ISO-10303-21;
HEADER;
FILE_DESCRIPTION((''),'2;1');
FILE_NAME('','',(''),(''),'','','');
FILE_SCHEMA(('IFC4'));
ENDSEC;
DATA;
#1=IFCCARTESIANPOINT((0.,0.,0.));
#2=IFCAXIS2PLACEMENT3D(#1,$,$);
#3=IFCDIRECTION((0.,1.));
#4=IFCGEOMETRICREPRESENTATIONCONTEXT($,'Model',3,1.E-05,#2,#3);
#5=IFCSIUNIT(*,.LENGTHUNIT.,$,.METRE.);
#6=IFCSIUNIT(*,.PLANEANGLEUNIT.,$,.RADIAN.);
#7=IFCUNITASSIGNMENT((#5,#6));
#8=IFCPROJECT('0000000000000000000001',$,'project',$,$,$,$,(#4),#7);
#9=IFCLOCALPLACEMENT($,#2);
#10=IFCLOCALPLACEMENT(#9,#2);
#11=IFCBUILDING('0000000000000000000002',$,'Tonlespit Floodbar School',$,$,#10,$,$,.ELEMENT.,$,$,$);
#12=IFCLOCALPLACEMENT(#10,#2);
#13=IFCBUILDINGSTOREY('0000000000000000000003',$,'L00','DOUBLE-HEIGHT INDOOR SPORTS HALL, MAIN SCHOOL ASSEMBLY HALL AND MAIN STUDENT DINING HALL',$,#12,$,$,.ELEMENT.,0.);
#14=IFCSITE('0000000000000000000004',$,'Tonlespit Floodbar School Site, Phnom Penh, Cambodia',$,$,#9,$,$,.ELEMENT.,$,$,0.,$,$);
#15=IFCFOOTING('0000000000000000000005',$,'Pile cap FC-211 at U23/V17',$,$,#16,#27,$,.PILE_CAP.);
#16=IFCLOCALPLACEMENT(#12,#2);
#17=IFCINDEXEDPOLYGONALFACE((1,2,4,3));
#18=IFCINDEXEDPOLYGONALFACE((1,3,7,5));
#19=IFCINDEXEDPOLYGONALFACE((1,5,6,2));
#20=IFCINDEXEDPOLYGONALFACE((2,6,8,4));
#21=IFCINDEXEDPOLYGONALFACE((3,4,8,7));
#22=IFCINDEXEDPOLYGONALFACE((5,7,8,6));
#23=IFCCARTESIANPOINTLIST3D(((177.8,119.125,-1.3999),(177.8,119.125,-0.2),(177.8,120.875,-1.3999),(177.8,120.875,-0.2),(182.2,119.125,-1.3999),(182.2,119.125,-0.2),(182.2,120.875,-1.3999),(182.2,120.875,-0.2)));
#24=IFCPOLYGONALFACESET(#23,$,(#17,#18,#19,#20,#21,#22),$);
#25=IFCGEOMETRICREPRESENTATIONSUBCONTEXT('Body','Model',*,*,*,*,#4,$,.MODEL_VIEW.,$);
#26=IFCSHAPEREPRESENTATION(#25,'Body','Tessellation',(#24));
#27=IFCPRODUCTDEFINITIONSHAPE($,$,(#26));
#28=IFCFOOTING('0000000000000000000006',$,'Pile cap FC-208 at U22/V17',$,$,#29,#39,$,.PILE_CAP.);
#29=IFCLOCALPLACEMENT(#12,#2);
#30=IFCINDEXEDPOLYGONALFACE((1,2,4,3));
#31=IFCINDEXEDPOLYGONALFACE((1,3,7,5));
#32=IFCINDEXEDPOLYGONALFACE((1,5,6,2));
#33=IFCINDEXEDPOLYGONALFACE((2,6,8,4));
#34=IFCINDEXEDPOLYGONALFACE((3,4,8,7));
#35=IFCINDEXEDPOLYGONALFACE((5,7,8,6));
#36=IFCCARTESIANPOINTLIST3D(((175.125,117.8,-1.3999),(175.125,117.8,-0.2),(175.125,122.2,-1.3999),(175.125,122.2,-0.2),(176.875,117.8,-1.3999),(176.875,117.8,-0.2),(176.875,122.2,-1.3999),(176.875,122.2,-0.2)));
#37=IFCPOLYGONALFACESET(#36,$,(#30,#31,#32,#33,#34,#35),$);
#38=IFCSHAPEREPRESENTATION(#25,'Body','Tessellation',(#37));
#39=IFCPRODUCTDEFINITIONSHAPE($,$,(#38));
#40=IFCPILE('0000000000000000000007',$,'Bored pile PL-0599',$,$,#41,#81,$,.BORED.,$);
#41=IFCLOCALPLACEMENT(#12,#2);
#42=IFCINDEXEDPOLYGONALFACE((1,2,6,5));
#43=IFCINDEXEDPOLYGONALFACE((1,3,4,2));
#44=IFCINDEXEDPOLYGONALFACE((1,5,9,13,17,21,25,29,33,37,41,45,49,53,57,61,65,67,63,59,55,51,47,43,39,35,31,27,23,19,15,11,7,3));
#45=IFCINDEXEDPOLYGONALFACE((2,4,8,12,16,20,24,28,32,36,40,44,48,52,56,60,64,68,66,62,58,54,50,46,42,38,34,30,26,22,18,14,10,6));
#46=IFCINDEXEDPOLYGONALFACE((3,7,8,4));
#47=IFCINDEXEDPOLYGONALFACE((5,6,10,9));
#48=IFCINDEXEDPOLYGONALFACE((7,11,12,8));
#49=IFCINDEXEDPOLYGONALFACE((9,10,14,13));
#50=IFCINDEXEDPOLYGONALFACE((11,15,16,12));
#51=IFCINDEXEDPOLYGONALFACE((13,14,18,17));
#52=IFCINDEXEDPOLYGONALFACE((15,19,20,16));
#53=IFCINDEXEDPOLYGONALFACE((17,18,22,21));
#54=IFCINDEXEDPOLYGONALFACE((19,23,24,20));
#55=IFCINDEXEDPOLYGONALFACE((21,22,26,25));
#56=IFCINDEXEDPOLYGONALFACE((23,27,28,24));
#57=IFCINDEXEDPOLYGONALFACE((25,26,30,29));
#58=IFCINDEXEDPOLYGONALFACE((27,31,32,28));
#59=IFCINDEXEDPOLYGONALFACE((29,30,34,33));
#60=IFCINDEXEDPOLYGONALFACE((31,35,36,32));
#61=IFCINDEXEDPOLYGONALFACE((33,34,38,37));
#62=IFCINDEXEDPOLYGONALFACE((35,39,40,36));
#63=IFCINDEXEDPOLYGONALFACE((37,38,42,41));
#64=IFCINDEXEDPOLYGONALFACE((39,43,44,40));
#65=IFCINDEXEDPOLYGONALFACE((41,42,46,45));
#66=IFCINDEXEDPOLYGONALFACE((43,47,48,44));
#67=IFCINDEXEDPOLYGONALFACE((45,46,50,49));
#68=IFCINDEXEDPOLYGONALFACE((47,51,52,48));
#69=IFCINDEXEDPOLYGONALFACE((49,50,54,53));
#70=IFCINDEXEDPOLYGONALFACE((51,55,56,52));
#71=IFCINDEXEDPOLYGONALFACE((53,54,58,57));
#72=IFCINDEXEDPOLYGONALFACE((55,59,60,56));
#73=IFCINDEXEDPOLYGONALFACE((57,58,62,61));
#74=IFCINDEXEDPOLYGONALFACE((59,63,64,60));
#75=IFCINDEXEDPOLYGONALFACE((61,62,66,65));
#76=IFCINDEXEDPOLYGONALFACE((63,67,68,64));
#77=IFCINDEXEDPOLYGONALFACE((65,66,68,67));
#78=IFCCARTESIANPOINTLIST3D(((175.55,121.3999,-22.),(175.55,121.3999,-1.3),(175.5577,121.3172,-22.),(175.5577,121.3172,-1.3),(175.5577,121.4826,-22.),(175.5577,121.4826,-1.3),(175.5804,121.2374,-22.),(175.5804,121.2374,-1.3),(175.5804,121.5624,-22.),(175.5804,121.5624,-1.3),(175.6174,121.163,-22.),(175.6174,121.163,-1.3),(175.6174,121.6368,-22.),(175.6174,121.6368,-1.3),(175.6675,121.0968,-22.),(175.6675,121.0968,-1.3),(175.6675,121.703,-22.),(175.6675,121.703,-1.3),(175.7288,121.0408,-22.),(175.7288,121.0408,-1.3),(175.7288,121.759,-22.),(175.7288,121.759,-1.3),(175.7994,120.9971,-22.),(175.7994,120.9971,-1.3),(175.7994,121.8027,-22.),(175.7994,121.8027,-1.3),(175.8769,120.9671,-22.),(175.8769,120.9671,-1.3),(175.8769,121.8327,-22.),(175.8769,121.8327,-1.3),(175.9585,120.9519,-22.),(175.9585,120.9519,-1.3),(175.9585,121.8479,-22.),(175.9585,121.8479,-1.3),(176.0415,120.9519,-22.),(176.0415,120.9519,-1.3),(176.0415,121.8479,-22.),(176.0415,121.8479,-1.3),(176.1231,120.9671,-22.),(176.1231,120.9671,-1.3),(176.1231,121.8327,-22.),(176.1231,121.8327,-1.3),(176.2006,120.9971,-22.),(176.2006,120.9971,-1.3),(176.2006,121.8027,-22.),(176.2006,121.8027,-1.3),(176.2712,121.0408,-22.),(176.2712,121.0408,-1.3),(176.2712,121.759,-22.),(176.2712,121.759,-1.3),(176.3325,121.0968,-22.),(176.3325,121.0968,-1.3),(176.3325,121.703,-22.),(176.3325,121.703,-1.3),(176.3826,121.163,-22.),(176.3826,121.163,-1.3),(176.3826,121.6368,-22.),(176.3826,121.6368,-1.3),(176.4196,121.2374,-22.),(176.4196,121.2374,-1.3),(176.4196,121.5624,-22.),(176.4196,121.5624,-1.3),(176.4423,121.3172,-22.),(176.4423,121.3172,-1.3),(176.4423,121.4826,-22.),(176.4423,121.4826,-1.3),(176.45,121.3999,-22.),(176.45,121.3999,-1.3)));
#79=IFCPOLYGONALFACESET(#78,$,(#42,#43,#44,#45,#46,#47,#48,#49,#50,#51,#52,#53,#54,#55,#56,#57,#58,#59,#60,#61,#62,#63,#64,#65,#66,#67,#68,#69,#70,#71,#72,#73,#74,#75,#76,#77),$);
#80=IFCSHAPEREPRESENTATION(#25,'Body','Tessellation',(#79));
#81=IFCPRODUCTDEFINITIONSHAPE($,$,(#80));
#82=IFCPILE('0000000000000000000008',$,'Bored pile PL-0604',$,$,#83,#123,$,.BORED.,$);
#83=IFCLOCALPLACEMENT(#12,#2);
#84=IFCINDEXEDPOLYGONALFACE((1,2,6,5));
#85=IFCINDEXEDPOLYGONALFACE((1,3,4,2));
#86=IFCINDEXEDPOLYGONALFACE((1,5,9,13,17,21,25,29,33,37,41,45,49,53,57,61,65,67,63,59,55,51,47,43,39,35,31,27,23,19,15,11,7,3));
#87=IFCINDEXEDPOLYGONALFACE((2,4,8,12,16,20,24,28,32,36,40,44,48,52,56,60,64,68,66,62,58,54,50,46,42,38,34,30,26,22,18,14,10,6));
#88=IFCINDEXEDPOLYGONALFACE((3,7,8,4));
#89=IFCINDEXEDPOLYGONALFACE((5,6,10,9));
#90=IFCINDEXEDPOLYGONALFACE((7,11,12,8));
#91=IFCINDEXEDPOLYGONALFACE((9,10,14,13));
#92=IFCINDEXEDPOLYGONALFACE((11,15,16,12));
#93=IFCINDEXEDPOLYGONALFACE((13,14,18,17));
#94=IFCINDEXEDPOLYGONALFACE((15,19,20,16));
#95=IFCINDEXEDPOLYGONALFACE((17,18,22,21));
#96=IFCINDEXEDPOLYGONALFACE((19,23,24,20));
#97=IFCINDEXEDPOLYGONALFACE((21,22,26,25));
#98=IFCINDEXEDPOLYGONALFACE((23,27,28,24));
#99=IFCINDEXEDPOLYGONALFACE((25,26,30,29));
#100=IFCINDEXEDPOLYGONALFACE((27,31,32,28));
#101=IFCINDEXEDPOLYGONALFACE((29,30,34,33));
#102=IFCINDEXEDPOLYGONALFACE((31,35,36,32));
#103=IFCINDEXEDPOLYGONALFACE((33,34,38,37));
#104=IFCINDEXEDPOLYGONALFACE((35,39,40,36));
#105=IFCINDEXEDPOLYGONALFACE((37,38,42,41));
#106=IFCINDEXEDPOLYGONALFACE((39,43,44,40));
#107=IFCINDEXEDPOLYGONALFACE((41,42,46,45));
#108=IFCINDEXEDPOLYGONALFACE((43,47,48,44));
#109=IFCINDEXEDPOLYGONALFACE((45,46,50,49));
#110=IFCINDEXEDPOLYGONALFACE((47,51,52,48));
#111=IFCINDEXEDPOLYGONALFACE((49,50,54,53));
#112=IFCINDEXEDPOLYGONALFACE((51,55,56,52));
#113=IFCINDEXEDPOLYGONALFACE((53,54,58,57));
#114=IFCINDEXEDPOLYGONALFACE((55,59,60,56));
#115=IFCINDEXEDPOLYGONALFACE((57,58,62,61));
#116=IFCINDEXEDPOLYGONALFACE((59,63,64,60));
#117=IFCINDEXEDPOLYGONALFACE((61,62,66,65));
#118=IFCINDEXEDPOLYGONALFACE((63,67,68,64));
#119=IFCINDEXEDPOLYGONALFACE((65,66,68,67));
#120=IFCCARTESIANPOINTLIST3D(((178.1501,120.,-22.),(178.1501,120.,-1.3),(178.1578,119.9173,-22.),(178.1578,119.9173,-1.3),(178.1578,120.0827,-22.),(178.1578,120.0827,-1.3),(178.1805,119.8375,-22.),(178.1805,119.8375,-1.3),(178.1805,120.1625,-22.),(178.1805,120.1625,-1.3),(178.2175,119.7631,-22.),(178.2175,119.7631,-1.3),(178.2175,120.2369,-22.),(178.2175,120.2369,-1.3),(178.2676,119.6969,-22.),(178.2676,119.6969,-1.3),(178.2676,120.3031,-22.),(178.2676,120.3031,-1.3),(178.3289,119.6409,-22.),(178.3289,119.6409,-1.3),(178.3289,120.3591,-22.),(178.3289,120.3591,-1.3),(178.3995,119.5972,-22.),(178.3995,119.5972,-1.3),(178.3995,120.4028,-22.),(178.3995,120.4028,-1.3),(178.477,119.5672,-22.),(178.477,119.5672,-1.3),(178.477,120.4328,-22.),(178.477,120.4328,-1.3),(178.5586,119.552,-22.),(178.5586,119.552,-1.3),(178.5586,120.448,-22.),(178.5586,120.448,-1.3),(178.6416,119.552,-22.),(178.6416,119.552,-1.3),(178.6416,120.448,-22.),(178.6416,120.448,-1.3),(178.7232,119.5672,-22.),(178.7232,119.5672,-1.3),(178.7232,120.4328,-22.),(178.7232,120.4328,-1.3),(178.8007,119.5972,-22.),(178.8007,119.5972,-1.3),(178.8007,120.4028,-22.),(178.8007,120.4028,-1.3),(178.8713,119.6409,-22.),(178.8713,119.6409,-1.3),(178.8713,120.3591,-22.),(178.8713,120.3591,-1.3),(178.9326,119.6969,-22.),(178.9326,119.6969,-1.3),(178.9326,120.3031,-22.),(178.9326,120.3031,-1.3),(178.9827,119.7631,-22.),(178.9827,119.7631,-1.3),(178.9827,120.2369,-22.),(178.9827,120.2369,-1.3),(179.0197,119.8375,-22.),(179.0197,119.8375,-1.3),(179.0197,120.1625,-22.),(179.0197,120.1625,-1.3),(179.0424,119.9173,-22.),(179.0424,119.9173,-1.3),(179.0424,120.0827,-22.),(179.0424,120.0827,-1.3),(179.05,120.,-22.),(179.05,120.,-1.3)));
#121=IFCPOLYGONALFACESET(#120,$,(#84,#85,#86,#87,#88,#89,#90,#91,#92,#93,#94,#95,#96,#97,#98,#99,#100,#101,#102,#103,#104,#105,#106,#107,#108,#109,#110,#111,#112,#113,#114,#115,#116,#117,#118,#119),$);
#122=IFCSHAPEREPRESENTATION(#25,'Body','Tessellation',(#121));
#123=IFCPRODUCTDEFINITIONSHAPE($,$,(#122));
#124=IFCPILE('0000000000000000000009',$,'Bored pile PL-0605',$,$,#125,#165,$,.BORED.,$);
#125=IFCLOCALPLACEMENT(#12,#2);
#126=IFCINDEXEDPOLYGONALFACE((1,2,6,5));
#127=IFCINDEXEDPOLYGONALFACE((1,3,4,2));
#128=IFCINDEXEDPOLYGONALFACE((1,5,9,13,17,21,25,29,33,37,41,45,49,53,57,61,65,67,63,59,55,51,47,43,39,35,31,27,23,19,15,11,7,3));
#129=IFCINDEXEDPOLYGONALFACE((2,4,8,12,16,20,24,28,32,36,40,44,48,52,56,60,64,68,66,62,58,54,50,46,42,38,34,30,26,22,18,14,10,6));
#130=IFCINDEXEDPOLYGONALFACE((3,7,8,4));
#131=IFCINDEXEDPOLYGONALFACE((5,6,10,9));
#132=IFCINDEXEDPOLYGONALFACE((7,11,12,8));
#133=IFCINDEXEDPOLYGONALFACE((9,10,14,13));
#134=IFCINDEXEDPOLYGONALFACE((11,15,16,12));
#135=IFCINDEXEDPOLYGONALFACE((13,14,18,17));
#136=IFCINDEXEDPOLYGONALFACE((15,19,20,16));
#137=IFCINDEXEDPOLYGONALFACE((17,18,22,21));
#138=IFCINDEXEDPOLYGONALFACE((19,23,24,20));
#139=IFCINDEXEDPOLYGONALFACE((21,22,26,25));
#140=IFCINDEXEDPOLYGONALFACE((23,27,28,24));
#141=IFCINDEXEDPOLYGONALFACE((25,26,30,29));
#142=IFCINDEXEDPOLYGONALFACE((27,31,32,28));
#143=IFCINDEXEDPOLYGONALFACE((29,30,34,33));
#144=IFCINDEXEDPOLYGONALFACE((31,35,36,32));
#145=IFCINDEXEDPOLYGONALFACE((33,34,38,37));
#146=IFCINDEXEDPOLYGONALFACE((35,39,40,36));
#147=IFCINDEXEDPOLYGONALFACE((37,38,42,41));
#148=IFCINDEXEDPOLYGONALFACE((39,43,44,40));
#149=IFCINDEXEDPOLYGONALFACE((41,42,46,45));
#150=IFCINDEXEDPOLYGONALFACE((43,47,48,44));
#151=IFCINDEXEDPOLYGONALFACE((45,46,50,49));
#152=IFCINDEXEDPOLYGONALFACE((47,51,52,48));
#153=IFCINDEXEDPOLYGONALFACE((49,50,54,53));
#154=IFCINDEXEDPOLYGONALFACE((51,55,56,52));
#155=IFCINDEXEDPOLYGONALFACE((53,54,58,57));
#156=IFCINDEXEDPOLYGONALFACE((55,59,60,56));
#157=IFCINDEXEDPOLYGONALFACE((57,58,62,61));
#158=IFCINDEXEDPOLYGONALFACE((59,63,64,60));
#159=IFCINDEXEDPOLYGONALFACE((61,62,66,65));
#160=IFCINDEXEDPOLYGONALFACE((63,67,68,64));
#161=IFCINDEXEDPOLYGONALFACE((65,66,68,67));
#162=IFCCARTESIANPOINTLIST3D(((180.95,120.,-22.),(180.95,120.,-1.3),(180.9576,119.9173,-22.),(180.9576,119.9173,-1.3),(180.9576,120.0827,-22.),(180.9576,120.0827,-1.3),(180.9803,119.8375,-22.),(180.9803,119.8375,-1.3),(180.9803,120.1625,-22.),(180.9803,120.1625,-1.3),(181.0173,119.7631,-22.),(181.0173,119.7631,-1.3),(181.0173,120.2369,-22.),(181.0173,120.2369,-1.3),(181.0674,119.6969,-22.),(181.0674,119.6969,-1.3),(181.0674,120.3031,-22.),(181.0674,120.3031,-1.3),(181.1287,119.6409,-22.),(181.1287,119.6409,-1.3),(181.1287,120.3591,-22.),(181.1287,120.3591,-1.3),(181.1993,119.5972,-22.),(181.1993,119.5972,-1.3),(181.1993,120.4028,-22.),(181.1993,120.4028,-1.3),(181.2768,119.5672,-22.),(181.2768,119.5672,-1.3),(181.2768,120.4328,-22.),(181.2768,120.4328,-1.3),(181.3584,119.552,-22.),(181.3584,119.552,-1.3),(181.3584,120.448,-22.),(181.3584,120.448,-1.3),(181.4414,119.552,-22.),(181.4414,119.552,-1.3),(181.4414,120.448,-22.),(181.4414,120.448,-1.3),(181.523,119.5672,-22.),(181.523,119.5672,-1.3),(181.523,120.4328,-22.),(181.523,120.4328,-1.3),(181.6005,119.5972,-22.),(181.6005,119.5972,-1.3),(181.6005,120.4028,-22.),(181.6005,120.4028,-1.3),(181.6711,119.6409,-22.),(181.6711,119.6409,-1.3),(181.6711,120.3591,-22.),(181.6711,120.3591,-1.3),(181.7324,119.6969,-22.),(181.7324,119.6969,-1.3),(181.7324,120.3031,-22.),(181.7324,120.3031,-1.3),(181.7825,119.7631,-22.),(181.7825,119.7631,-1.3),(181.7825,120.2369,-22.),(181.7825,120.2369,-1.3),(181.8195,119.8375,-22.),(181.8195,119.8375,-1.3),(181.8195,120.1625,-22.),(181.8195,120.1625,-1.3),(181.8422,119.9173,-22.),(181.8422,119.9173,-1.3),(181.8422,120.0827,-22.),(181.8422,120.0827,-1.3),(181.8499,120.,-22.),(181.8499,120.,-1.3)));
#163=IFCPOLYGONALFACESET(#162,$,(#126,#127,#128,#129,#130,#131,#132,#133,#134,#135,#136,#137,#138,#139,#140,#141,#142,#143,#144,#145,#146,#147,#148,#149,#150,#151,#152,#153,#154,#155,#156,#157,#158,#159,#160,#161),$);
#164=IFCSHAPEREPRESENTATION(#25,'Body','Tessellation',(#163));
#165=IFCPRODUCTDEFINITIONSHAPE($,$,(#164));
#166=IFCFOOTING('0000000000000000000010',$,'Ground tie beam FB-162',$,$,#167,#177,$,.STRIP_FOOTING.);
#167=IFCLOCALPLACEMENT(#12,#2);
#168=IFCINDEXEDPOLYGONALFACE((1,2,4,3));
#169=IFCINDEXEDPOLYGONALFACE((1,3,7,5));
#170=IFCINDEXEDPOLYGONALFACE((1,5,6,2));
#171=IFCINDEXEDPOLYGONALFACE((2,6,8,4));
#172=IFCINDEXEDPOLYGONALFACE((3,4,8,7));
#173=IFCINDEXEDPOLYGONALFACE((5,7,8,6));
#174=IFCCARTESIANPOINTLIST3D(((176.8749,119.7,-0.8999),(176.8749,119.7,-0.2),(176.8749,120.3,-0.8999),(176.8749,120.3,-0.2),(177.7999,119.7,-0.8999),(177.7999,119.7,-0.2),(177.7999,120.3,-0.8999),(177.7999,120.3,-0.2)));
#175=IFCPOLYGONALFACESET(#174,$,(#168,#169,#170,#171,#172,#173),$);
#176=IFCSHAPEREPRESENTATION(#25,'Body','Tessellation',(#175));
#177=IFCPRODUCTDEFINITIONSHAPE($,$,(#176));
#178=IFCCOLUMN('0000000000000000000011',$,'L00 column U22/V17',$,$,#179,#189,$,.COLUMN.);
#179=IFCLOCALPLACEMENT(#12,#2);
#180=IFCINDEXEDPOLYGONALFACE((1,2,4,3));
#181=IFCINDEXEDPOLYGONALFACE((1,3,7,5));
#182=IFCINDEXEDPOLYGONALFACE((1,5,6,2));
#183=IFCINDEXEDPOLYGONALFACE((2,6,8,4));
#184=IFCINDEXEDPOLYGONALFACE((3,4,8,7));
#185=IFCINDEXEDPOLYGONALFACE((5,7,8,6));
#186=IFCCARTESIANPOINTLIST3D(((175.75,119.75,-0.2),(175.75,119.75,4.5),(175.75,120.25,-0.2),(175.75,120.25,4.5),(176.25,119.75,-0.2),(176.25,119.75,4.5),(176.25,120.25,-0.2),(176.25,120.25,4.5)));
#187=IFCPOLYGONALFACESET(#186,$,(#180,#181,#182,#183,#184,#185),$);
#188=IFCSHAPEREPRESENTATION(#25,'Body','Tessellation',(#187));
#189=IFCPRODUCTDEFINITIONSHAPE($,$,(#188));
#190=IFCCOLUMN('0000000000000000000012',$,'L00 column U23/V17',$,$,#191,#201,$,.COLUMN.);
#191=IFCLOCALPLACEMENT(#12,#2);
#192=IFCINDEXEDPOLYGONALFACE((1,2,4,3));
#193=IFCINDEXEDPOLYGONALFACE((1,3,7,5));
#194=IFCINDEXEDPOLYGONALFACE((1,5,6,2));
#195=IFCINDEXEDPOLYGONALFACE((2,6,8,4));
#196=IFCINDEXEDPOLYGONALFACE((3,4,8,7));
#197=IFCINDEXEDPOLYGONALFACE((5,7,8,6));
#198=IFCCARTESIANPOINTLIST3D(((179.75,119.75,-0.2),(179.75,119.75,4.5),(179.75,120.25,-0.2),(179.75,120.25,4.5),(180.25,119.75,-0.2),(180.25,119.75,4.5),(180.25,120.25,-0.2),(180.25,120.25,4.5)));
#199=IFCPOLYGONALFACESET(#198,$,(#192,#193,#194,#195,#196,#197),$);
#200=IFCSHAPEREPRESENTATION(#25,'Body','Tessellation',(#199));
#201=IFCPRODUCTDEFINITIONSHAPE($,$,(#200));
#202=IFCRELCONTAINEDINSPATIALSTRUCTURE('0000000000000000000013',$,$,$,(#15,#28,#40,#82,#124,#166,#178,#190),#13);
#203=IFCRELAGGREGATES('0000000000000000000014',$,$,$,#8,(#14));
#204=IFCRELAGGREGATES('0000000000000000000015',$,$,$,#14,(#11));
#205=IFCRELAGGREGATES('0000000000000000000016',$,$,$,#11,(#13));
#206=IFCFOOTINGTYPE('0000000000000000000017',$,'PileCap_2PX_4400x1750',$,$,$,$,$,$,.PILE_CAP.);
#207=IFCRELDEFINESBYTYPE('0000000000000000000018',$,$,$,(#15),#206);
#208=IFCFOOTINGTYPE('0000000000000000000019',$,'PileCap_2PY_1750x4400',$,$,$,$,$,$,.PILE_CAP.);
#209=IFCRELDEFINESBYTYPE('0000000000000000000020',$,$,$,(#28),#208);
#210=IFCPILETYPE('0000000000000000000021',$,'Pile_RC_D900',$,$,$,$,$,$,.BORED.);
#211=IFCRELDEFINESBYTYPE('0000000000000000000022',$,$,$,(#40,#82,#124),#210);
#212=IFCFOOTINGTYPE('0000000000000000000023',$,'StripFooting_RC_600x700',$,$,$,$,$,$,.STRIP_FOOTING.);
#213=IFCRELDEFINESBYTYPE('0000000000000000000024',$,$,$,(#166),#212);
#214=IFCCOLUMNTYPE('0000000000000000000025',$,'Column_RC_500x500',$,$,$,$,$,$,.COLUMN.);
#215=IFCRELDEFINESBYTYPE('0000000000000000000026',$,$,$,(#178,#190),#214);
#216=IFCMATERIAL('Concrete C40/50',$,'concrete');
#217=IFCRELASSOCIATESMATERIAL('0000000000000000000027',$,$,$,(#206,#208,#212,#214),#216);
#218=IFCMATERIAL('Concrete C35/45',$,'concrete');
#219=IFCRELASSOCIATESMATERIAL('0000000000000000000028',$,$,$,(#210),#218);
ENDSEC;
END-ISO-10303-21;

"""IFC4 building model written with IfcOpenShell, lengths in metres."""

from ifc_helpers import new_model, si_unit, direction, frame, origin, origin_2d, place, context, subcontext, project, spatial, rectangle, circle, extrude, material, material_profile, profile_set, type_object, element, save


model = new_model("IFC4")

# Units and contexts
model_context = context("Model", 3, precision=1e-05, world=origin(), true_north=direction((0.0, 1.0)))
body_context = subcontext(model_context, "Body", "Model", "MODEL_VIEW")
ifc_project = project(units=[si_unit("LENGTHUNIT", "METRE"), si_unit("PLANEANGLEUNIT", "RADIAN")], contexts=[model_context])

# Site, building, storey
site_placement = place(None, origin())
site = spatial("IfcSite", under=ifc_project, at=site_placement, Name="Tonlespit Floodbar School Site, Phnom Penh, Cambodia", CompositionType="ELEMENT", RefElevation=0.0)
building_placement = place(site_placement, origin())
building = spatial("IfcBuilding", under=site, at=building_placement, Name="Tonlespit Floodbar School", CompositionType="ELEMENT")
storey_placement = place(building_placement, origin())
storey = spatial("IfcBuildingStorey", under=building, at=storey_placement, Name="L00", Description="DOUBLE-HEIGHT INDOOR SPORTS HALL, MAIN SCHOOL ASSEMBLY HALL AND MAIN STUDENT DINING HALL", CompositionType="ELEMENT", Elevation=0.0)

# Footings
ifc_material_1 = material(Name="Concrete C40/50", Category="concrete")
footing_type_1 = type_object("IfcFootingType", Name="PileCap_2PX_4400x1750", PredefinedType="PILE_CAP", material=ifc_material_1)
footing_1_placement = place(storey_placement, frame((180.0, 120.0, -1.3999), z_axis=(0.0, 0.0, 1.0), x_axis=(1.0, 0.0, 0.0)))
element("IfcFooting", 1, at=footing_1_placement, inside=storey, type_object=footing_type_1, Name="Pile cap FC-211 at U23/V17", PredefinedType="PILE_CAP", context=body_context, shape_type="SweptSolid", body=[
    extrude(rectangle(XDim=4.3999, YDim=1.75, at=origin_2d()), origin(), (0.0, 0.0, 1.0), 1.2),
])
footing_type_2 = type_object("IfcFootingType", Name="PileCap_2PY_1750x4400", PredefinedType="PILE_CAP", material=ifc_material_1)
footing_2_placement = place(storey_placement, frame((176.0, 120.0, -1.3999), z_axis=(0.0, 0.0, 1.0), x_axis=(1.0, 0.0, 0.0)))
element("IfcFooting", 2, at=footing_2_placement, inside=storey, type_object=footing_type_2, Name="Pile cap FC-208 at U22/V17", PredefinedType="PILE_CAP", context=body_context, shape_type="SweptSolid", body=[
    extrude(rectangle(XDim=1.75, YDim=4.3999, at=origin_2d()), origin(), (0.0, 0.0, 1.0), 1.2),
])

# Piles
ifc_material_2 = material(Name="Concrete C35/45", Category="concrete")
ifc_material_profile_1 = material_profile(ifc_material_2, circle(Radius=0.45, at=origin_2d()), Name="BP D900")
ifc_profile_set_1 = profile_set([ifc_material_profile_1], Name="Concrete C35/45")
pile_type = type_object("IfcPileType", Name="Pile_RC_D900", PredefinedType="BORED", material=ifc_profile_set_1)
for number, where, z_axis, x_axis, name in (
    (3, (176.0, 121.3999, -1.3), (0.0, 0.0, -1.0), (1.0, 0.0, 0.0), "Bored pile PL-0599"),
    (4, (178.6001, 120.0, -1.3), (0.0, 0.0, -1.0), (1.0, 0.0, 0.0), "Bored pile PL-0604"),
    (5, (181.3999, 120.0, -1.3), (0.0, 0.0, -1.0), (1.0, 0.0, 0.0), "Bored pile PL-0605"),
):
    element("IfcPile", number, at=place(storey_placement, frame(where, z_axis=z_axis, x_axis=x_axis)), inside=storey, type_object=pile_type, Name=name, PredefinedType="BORED", context=body_context, shape_type="SweptSolid", body=[
        extrude(circle(Radius=0.45, at=origin_2d()), origin(), (0.0, 0.0, 1.0), 20.7),
    ])

# Footing
footing_type_3 = type_object("IfcFootingType", Name="StripFooting_RC_600x700", PredefinedType="STRIP_FOOTING", material=ifc_material_1)
footing_3_placement = place(storey_placement, frame((177.3374, 120.0, -0.8999), z_axis=(0.0, 0.0, 1.0), x_axis=(1.0, 0.0, 0.0)))
element("IfcFooting", 6, at=footing_3_placement, inside=storey, type_object=footing_type_3, Name="Ground tie beam FB-162", PredefinedType="STRIP_FOOTING", context=body_context, shape_type="SweptSolid", body=[
    extrude(rectangle(XDim=0.925, YDim=0.6001, at=origin_2d()), origin(), (0.0, 0.0, 1.0), 0.7),
])

# Columns
ifc_material_profile_2 = material_profile(ifc_material_1, rectangle(XDim=0.5, YDim=0.5, at=origin_2d()), Name="RC 500x500")
ifc_profile_set_2 = profile_set([ifc_material_profile_2], Name="Concrete C40/50")
column_type = type_object("IfcColumnType", Name="Column_RC_500x500", PredefinedType="COLUMN", material=ifc_profile_set_2)
for number, where, z_axis, x_axis, name in (
    (7, (176.0, 120.0, -0.2), (0.0, 0.0, 1.0), (1.0, 0.0, 0.0), "L00 column U22/V17"),
    (8, (180.0, 120.0, -0.2), (0.0, 0.0, 1.0), (1.0, 0.0, 0.0), "L00 column U23/V17"),
):
    element("IfcColumn", number, at=place(storey_placement, frame(where, z_axis=z_axis, x_axis=x_axis)), inside=storey, type_object=column_type, Name=name, PredefinedType="COLUMN", context=body_context, shape_type="SweptSolid", body=[
        extrude(rectangle(XDim=0.5, YDim=0.5, at=origin_2d()), origin(), (0.0, 0.0, 1.0), 4.7),
    ])

save(model, "model.ifc")
